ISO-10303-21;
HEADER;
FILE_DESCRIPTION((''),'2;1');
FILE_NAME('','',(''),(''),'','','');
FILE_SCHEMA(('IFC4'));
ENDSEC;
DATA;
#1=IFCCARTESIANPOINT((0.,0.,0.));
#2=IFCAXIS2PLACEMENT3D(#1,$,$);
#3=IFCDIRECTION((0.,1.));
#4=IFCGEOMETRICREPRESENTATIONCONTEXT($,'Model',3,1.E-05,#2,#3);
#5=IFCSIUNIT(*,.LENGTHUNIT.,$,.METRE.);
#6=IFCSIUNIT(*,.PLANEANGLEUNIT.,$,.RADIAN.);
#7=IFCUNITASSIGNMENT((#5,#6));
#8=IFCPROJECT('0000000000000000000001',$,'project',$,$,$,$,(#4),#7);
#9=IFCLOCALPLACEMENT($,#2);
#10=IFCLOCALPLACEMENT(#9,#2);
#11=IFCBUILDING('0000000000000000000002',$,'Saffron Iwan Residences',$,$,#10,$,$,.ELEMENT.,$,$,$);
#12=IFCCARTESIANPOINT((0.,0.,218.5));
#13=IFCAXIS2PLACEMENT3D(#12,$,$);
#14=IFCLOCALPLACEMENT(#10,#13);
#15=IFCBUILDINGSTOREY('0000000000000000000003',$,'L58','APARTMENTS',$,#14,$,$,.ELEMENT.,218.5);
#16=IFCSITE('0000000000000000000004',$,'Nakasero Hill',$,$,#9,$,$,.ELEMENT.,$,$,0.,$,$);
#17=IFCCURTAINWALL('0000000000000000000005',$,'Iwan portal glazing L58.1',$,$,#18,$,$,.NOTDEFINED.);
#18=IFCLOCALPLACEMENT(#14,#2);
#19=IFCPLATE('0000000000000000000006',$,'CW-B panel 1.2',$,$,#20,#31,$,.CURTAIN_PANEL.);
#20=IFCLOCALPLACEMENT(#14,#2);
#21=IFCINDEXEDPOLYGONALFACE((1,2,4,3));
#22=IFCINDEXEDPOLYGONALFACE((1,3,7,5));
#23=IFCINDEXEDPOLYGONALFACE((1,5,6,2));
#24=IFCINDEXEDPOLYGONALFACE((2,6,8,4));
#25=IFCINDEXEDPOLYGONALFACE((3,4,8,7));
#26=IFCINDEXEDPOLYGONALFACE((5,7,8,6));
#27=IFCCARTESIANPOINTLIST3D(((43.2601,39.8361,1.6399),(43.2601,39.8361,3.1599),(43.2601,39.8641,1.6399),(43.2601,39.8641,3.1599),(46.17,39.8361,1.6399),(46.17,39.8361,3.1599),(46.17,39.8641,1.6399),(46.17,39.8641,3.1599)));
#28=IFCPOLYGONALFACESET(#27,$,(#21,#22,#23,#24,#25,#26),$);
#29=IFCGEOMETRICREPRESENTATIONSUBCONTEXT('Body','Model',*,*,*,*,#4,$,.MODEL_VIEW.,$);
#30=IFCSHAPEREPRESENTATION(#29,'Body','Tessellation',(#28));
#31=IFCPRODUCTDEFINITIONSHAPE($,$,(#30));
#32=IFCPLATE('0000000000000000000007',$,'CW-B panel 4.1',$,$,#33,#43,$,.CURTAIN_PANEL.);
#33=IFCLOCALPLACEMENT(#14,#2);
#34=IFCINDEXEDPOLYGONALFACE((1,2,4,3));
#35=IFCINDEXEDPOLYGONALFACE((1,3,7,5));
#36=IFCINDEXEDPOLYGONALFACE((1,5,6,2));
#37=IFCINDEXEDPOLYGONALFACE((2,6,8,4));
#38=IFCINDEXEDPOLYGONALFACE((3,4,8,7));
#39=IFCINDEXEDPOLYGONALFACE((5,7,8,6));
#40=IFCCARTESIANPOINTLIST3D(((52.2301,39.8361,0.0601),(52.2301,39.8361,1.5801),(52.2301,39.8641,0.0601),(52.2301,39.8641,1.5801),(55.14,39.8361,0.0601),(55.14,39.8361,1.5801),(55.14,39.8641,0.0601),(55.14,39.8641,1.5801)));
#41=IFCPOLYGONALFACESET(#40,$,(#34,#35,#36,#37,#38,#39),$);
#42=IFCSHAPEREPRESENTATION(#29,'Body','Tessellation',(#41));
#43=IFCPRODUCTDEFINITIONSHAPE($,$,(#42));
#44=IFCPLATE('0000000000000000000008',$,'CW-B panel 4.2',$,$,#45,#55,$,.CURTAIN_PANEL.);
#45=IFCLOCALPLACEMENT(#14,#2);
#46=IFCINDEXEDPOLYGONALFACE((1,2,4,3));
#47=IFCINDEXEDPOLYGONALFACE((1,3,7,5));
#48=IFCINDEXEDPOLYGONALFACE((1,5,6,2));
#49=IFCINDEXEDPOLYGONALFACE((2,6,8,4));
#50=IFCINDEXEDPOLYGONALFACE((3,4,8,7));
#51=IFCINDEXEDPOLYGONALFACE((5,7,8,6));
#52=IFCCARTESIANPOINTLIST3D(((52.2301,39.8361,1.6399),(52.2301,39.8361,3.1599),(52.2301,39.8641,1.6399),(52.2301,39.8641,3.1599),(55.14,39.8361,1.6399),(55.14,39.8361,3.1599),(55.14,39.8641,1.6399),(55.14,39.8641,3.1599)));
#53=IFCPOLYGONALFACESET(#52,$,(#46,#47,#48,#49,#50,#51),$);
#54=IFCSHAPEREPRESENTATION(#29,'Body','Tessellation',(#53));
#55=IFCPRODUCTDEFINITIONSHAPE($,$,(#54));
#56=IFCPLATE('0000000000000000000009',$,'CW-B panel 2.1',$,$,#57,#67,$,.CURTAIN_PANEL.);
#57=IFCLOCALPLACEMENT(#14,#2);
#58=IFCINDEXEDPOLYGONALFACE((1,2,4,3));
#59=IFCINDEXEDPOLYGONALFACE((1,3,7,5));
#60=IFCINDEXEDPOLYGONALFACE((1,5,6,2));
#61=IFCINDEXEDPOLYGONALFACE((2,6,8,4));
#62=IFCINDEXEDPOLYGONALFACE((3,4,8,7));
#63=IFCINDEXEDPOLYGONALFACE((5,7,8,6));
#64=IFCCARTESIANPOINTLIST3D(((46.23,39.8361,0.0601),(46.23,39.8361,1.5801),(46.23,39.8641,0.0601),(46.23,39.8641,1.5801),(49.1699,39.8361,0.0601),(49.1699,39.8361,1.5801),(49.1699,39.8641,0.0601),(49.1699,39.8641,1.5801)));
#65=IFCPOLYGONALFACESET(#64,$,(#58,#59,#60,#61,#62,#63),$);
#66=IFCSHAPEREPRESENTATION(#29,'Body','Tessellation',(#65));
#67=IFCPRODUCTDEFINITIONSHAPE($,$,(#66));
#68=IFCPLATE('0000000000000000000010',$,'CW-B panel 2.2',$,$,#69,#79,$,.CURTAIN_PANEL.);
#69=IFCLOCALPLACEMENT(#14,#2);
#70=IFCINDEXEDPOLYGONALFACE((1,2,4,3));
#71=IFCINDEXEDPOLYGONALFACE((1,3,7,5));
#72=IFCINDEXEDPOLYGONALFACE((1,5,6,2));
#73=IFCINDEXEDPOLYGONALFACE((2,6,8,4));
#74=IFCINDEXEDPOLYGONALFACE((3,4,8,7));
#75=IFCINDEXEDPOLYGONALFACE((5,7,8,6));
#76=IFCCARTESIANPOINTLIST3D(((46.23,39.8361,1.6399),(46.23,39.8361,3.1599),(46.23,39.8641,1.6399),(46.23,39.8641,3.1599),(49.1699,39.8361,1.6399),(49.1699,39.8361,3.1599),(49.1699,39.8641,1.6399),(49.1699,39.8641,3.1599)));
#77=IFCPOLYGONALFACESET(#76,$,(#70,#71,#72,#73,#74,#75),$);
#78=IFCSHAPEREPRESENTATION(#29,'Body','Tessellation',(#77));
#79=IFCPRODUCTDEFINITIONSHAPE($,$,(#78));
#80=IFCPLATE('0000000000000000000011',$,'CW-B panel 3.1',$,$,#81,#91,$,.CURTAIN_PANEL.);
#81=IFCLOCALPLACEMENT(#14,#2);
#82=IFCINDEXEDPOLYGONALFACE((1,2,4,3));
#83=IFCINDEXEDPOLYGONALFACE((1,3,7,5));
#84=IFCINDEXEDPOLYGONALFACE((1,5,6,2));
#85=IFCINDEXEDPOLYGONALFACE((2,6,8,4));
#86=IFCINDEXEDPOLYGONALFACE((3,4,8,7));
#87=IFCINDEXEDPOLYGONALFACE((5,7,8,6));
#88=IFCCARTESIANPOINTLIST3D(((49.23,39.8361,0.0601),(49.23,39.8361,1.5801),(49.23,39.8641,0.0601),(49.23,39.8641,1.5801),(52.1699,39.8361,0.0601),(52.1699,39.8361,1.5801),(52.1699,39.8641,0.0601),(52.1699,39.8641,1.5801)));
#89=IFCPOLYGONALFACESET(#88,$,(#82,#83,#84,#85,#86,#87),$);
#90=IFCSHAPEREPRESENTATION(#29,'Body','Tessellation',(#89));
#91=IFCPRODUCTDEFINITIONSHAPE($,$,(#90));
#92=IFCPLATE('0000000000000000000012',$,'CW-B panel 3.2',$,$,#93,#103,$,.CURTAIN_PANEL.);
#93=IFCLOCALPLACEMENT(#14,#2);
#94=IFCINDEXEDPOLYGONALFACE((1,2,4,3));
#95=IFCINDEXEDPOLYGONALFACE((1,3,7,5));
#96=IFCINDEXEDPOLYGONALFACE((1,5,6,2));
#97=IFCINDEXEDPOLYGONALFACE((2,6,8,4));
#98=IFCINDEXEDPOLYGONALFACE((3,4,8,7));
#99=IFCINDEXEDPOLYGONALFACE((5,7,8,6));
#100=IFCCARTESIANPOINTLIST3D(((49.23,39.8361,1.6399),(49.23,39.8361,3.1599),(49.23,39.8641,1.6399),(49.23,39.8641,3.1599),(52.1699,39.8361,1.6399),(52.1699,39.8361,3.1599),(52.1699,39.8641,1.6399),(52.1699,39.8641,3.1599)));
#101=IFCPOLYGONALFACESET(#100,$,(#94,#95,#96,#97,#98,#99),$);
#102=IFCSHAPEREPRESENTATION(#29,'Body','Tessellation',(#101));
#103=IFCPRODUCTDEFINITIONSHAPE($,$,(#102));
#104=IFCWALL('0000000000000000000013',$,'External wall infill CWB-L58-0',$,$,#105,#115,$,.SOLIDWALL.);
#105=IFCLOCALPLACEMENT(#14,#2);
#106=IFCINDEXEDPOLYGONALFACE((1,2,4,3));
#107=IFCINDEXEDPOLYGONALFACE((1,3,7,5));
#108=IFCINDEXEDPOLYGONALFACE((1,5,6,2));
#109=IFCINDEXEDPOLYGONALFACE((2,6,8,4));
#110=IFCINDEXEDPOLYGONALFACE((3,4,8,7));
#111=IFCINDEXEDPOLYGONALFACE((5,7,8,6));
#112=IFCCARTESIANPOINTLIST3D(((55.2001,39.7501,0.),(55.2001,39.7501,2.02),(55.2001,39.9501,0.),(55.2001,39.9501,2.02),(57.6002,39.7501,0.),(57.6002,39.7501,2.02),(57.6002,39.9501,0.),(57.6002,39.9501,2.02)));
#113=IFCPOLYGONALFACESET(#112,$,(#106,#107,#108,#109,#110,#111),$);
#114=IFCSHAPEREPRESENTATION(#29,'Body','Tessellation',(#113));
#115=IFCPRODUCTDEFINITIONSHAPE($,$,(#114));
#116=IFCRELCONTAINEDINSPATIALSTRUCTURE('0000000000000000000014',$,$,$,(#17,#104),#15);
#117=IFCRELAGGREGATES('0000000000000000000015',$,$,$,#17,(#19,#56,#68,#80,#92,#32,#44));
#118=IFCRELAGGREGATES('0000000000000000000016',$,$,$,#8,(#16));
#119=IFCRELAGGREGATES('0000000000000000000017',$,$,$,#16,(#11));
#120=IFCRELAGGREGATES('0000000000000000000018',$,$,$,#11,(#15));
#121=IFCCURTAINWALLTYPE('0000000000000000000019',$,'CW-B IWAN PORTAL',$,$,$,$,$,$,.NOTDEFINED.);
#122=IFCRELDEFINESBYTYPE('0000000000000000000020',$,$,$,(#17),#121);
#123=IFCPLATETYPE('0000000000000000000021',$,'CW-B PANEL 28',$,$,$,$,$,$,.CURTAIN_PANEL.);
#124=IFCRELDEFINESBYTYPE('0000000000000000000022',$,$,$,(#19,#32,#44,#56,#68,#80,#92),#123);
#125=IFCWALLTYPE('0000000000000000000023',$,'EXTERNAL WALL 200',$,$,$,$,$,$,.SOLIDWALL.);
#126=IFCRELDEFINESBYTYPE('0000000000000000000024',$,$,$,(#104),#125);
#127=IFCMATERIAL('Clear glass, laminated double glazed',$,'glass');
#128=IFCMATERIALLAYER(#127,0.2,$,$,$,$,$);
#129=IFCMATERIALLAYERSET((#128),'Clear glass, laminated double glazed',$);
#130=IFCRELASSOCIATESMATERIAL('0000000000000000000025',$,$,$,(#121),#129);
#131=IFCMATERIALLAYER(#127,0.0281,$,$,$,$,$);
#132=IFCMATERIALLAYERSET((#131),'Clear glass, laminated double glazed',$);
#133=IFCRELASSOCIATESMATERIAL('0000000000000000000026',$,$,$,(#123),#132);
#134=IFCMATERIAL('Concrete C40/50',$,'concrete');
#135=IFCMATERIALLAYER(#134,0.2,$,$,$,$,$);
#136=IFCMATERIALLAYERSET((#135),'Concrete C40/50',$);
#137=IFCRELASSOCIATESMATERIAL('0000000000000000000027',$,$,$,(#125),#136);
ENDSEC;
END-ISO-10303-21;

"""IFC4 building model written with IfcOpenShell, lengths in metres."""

from ifc_helpers import new_model, si_unit, direction, frame, frame_2d, origin, origin_2d, place, context, subcontext, project, spatial, rectangle, extrude, source, transform, mapped, material, layer, layer_set, type_object, element, aggregate, save


model = new_model("IFC4")

# Units and contexts
model_context = context("Model", 3, precision=1e-05, world=origin(), true_north=direction((0.0, 1.0)))
body_context = subcontext(model_context, "Body", "Model", "MODEL_VIEW")
ifc_project = project(units=[si_unit("LENGTHUNIT", "METRE"), si_unit("PLANEANGLEUNIT", "RADIAN")], contexts=[model_context])

# Site, building, storey
site_placement = place(None, origin())
site = spatial("IfcSite", under=ifc_project, at=site_placement, Name="Nakasero Hill", CompositionType="ELEMENT", RefElevation=0.0)
building_placement = place(site_placement, origin())
building = spatial("IfcBuilding", under=site, at=building_placement, Name="Saffron Iwan Residences", CompositionType="ELEMENT")
storey_placement = place(building_placement, frame((0.0, 0.0, 218.5)))
storey = spatial("IfcBuildingStorey", under=building, at=storey_placement, Name="L58", Description="APARTMENTS", CompositionType="ELEMENT", Elevation=218.5)

# Curtain wall, plates
ifc_material_1 = material(Name="Clear glass, laminated double glazed", Category="glass")
ifc_layer_1 = layer(ifc_material_1, 0.2)
ifc_layer_set_1 = layer_set([ifc_layer_1], Name="Clear glass, laminated double glazed")
curtain_wall_type = type_object("IfcCurtainWallType", Name="CW-B IWAN PORTAL", PredefinedType="NOTDEFINED", material=ifc_layer_set_1)
curtain_wall_placement = place(storey_placement, origin())
curtain_wall = element("IfcCurtainWall", 1, at=curtain_wall_placement, inside=storey, type_object=curtain_wall_type, Name="Iwan portal glazing L58.1", PredefinedType="NOTDEFINED")
ifc_layer_2 = layer(ifc_material_1, 0.0281)
ifc_layer_set_2 = layer_set([ifc_layer_2], Name="Clear glass, laminated double glazed")
plate_type = type_object("IfcPlateType", Name="CW-B PANEL 28", PredefinedType="CURTAIN_PANEL", material=ifc_layer_set_2)
shared_shape_1 = source(origin(), body_context, "Body", "SweptSolid", [
    extrude(rectangle(XDim=2.9099, YDim=0.0281, at=origin_2d()), origin(), (0.0, 0.0, 1.0), 1.52),
])
plate_1_placement = place(storey_placement, frame((44.7151, 39.8501, 1.6399), z_axis=(0.0, 0.0, 1.0), x_axis=(1.0, 0.0, 0.0)))
plate_1 = element("IfcPlate", 2, at=plate_1_placement, type_object=plate_type, Name="CW-B panel 1.2", PredefinedType="CURTAIN_PANEL", context=body_context, shape_type="MappedRepresentation", body=[
    mapped(shared_shape_1, transform((0.0, 0.0, 0.0))),
])
plate_2_placement = place(storey_placement, frame((53.6851, 39.8501, 0.0601), z_axis=(0.0, 0.0, 1.0), x_axis=(1.0, 0.0, 0.0)))
plate_2 = element("IfcPlate", 3, at=plate_2_placement, type_object=plate_type, Name="CW-B panel 4.1", PredefinedType="CURTAIN_PANEL", context=body_context, shape_type="MappedRepresentation", body=[
    mapped(shared_shape_1, transform((0.0, 0.0, 0.0))),
])
plate_3_placement = place(storey_placement, frame((53.6851, 39.8501, 1.6399), z_axis=(0.0, 0.0, 1.0), x_axis=(1.0, 0.0, 0.0)))
plate_3 = element("IfcPlate", 4, at=plate_3_placement, type_object=plate_type, Name="CW-B panel 4.2", PredefinedType="CURTAIN_PANEL", context=body_context, shape_type="MappedRepresentation", body=[
    mapped(shared_shape_1, transform((0.0, 0.0, 0.0))),
])
shared_shape_2 = source(origin(), body_context, "Body", "SweptSolid", [
    extrude(rectangle(XDim=2.9399, YDim=0.0281, at=origin_2d()), origin(), (0.0, 0.0, 1.0), 1.52),
])
plate_4_placement = place(storey_placement, frame((47.7, 39.8501, 0.0601), z_axis=(0.0, 0.0, 1.0), x_axis=(1.0, 0.0, 0.0)))
plate_4 = element("IfcPlate", 5, at=plate_4_placement, type_object=plate_type, Name="CW-B panel 2.1", PredefinedType="CURTAIN_PANEL", context=body_context, shape_type="MappedRepresentation", body=[
    mapped(shared_shape_2, transform((0.0, 0.0, 0.0))),
])
plate_5_placement = place(storey_placement, frame((47.7, 39.8501, 1.6399), z_axis=(0.0, 0.0, 1.0), x_axis=(1.0, 0.0, 0.0)))
plate_5 = element("IfcPlate", 6, at=plate_5_placement, type_object=plate_type, Name="CW-B panel 2.2", PredefinedType="CURTAIN_PANEL", context=body_context, shape_type="MappedRepresentation", body=[
    mapped(shared_shape_2, transform((0.0, 0.0, 0.0))),
])
plate_6_placement = place(storey_placement, frame((50.7, 39.8501, 0.0601), z_axis=(0.0, 0.0, 1.0), x_axis=(1.0, 0.0, 0.0)))
plate_6 = element("IfcPlate", 7, at=plate_6_placement, type_object=plate_type, Name="CW-B panel 3.1", PredefinedType="CURTAIN_PANEL", context=body_context, shape_type="MappedRepresentation", body=[
    mapped(shared_shape_2, transform((0.0, 0.0, 0.0))),
])
plate_7_placement = place(storey_placement, frame((50.7, 39.8501, 1.6399), z_axis=(0.0, 0.0, 1.0), x_axis=(1.0, 0.0, 0.0)))
plate_7 = element("IfcPlate", 8, at=plate_7_placement, type_object=plate_type, Name="CW-B panel 3.2", PredefinedType="CURTAIN_PANEL", context=body_context, shape_type="MappedRepresentation", body=[
    mapped(shared_shape_2, transform((0.0, 0.0, 0.0))),
])
aggregate(curtain_wall, [plate_1, plate_4, plate_5, plate_6, plate_7, plate_2, plate_3])

# Wall
ifc_material_2 = material(Name="Concrete C40/50", Category="concrete")
ifc_layer_3 = layer(ifc_material_2, 0.2)
ifc_layer_set_3 = layer_set([ifc_layer_3], Name="Concrete C40/50")
wall_type = type_object("IfcWallType", Name="EXTERNAL WALL 200", PredefinedType="SOLIDWALL", material=ifc_layer_set_3)
wall_placement = place(storey_placement, frame((55.2, 39.8501, 0.0), z_axis=(0.0, 0.0, 1.0), x_axis=(1.0, 0.0, 0.0)))
element("IfcWall", 9, at=wall_placement, inside=storey, type_object=wall_type, Name="External wall infill CWB-L58-0", PredefinedType="SOLIDWALL", context=body_context, shape_type="SweptSolid", body=[
    extrude(rectangle(XDim=2.4001, YDim=0.2, at=frame_2d((1.2002, 0.0))), origin(), (0.0, 0.0, 1.0), 2.02),
])

save(model, "model.ifc")
